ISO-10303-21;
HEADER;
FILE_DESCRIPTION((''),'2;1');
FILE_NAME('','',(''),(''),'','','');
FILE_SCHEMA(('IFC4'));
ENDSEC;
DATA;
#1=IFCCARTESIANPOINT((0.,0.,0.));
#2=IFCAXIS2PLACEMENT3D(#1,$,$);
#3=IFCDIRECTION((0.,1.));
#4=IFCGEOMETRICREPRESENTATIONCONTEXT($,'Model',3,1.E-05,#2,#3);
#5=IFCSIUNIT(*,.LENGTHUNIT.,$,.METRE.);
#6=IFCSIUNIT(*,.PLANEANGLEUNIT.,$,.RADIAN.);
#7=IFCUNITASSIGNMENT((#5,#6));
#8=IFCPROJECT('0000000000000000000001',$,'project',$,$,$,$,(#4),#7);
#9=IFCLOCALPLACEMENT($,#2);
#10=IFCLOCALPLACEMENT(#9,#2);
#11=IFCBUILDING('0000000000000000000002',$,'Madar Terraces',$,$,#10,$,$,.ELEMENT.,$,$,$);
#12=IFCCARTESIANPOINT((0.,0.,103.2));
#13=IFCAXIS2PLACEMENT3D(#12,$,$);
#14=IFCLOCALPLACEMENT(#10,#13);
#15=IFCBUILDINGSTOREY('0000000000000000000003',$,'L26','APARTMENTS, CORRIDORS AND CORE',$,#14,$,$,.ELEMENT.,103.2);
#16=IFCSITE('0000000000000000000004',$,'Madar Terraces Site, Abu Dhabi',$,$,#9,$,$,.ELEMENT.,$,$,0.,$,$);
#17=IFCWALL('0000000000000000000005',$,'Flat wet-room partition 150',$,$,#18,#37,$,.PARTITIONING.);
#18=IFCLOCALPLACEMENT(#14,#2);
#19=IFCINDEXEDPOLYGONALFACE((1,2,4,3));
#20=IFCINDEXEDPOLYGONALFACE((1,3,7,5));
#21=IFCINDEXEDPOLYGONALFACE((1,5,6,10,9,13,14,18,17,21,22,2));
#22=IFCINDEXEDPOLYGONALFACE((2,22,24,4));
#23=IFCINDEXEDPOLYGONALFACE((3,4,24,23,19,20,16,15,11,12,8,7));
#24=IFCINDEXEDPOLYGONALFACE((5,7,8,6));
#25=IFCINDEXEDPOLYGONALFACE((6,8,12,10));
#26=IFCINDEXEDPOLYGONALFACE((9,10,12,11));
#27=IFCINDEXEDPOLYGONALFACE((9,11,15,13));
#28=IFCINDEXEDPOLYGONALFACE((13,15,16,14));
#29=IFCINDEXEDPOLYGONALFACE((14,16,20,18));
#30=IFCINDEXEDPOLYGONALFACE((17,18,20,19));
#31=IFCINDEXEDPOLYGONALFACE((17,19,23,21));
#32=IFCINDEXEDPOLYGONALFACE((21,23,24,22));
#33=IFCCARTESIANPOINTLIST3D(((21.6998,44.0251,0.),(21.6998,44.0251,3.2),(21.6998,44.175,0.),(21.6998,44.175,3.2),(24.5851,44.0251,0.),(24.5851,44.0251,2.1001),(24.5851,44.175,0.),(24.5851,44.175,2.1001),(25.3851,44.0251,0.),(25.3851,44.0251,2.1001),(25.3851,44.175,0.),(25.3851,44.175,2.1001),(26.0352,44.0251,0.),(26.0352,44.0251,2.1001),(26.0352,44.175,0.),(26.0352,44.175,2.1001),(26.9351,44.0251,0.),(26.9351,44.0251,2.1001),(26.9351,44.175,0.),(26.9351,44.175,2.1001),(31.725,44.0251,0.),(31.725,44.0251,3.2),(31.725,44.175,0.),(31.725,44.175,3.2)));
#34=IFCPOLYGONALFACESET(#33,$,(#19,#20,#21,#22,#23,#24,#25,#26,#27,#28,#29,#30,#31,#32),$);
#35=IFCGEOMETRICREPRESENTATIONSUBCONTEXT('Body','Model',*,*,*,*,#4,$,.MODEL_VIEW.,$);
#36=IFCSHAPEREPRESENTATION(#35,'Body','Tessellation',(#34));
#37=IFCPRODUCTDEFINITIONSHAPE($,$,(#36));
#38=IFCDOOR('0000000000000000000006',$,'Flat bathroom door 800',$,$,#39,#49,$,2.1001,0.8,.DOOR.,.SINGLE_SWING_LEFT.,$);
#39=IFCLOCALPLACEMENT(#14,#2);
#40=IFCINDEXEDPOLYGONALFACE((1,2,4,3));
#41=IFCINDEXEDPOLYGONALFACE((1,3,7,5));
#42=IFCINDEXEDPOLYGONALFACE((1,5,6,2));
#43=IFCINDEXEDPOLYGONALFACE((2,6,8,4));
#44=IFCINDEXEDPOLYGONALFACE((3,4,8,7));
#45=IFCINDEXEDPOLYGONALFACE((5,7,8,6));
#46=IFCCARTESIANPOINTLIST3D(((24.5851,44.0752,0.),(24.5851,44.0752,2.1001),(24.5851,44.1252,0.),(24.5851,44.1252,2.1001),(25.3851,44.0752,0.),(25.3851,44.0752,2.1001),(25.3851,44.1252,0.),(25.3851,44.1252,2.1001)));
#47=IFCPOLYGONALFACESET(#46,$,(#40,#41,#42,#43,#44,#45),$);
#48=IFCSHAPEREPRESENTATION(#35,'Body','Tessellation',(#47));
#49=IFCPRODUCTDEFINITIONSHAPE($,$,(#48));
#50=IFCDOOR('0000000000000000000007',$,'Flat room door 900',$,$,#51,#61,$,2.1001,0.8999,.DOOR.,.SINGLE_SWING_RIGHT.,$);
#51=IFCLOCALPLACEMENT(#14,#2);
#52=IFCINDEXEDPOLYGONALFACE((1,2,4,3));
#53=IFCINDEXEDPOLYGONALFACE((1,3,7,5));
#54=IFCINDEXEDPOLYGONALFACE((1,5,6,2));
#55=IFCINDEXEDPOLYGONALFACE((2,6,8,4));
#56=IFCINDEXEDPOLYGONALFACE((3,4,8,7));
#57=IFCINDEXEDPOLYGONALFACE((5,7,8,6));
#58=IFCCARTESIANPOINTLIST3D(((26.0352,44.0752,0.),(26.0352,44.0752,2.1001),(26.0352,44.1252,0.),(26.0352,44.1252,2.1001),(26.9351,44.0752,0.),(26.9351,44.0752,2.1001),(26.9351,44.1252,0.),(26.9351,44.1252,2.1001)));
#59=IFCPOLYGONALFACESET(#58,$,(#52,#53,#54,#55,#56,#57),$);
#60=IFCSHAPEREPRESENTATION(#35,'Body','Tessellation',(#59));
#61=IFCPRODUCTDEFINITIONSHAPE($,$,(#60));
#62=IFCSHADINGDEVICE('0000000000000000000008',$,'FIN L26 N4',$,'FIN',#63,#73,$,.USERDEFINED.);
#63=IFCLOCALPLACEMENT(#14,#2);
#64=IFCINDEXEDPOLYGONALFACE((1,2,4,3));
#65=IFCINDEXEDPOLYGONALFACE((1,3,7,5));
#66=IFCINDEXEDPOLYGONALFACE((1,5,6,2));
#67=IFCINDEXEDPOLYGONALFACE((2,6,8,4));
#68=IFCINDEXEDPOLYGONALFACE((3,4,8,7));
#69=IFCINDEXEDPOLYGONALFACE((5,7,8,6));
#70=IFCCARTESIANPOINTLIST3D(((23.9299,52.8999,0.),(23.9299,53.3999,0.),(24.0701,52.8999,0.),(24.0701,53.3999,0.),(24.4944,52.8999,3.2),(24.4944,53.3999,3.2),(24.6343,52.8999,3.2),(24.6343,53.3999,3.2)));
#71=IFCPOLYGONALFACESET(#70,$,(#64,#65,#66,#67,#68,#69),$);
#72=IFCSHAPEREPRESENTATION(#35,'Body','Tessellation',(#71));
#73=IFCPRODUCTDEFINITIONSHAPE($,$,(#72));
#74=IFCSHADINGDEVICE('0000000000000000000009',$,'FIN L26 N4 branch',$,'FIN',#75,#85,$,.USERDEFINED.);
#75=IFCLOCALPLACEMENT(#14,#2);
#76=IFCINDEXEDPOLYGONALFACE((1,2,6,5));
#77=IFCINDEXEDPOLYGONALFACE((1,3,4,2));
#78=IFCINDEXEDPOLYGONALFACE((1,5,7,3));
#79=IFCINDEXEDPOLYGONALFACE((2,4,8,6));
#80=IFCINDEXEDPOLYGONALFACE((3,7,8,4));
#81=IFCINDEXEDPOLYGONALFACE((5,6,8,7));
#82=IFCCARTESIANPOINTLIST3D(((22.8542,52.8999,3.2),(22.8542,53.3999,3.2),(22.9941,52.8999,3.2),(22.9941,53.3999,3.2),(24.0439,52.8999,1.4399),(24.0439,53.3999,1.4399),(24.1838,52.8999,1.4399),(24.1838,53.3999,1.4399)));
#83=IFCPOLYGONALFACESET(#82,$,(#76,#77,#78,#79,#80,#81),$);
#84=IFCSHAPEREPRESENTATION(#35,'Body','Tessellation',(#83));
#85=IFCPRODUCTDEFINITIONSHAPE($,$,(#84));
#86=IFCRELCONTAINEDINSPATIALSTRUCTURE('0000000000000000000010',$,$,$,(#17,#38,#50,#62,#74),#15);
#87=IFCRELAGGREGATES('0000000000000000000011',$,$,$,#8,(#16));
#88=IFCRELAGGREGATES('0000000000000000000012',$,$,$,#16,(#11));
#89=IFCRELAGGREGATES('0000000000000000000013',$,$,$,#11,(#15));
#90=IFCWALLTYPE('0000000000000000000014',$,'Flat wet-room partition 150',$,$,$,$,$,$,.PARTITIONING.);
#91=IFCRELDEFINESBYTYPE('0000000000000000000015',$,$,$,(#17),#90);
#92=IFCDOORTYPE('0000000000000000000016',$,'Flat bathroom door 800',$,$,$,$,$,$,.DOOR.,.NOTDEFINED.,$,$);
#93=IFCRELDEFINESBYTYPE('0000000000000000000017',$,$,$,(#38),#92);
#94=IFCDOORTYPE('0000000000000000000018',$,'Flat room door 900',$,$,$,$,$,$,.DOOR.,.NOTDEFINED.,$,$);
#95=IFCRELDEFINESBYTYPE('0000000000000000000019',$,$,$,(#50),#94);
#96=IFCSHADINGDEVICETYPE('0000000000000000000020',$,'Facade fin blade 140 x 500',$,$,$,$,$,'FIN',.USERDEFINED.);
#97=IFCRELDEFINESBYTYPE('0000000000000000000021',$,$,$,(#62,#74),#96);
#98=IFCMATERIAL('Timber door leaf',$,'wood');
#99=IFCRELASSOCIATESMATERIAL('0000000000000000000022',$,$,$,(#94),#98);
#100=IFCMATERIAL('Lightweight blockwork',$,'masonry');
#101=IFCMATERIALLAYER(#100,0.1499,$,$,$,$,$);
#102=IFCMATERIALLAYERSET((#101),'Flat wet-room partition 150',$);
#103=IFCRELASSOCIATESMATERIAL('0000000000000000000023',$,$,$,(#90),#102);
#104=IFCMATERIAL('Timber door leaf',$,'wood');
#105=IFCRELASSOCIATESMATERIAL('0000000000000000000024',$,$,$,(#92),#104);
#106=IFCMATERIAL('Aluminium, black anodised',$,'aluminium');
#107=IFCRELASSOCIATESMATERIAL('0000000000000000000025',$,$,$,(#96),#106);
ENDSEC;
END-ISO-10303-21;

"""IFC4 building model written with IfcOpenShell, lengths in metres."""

from ifc_helpers import new_model, si_unit, direction, frame, frame_2d, origin, place, context, subcontext, project, spatial, polyline, rectangle, outline, extrude, material, layer, layer_set, type_object, element, fill, save


model = new_model("IFC4")

# Units and contexts
model_context = context("Model", 3, precision=1e-05, world=origin(), true_north=direction((0.0, 1.0)))
body_context = subcontext(model_context, "Body", "Model", "MODEL_VIEW")
ifc_project = project(units=[si_unit("LENGTHUNIT", "METRE"), si_unit("PLANEANGLEUNIT", "RADIAN")], contexts=[model_context])

# Site, building, storey
site_placement = place(None, origin())
site = spatial("IfcSite", under=ifc_project, at=site_placement, Name="Madar Terraces Site, Abu Dhabi", CompositionType="ELEMENT", RefElevation=0.0)
building_placement = place(site_placement, origin())
building = spatial("IfcBuilding", under=site, at=building_placement, Name="Madar Terraces", CompositionType="ELEMENT")
storey_placement = place(building_placement, frame((0.0, 0.0, 103.2)))
storey = spatial("IfcBuildingStorey", under=building, at=storey_placement, Name="L26", Description="APARTMENTS, CORRIDORS AND CORE", CompositionType="ELEMENT", Elevation=103.2)

# Wall, openings, doors
ifc_material_1 = material(Name="Timber door leaf", Category="wood")
door_type_1 = type_object("IfcDoorType", Name="Flat room door 900", OperationType="NOTDEFINED", PredefinedType="DOOR", material=ifc_material_1)
ifc_material_2 = material(Name="Lightweight blockwork", Category="masonry")
ifc_layer_1 = layer(ifc_material_2, 0.1499)
ifc_layer_set_1 = layer_set([ifc_layer_1], Name="Flat wet-room partition 150")
wall_type_1 = type_object("IfcWallType", Name="Flat wet-room partition 150", PredefinedType="PARTITIONING", material=ifc_layer_set_1)
wall_1_placement = place(storey_placement, frame((31.7251, 44.1001, 0.0), z_axis=(0.0, 0.0, 1.0), x_axis=(-1.0, 0.0, 0.0)))
wall_1 = element("IfcWall", 1, at=wall_1_placement, inside=storey, type_object=wall_type_1, Name="Flat wet-room partition 150", PredefinedType="PARTITIONING", context=body_context, shape_type="SweptSolid", body=[
    extrude(rectangle(XDim=10.0251, YDim=0.1499, at=frame_2d((5.0127, 0.0))), origin(), (0.0, 0.0, 1.0), 3.2),
])
opening_1_placement = place(wall_1_placement, frame((4.79, 0.0, 0.0)))
opening_1 = element("IfcOpeningElement", 2, at=opening_1_placement, cuts=wall_1, PredefinedType="OPENING", context=body_context, shape_type="SweptSolid", body=[
    extrude(rectangle(XDim=0.8999, YDim=2.1001, at=frame_2d((0.45, 1.05))), frame((0.0, 0.085, 0.0), z_axis=(0.0, -1.0, 0.0), x_axis=(1.0, 0.0, 0.0)), (0.0, 0.0, 1.0), 0.1699),
])
opening_2_placement = place(wall_1_placement, frame((6.3401, 0.0, 0.0)))
opening_2 = element("IfcOpeningElement", 3, at=opening_2_placement, cuts=wall_1, PredefinedType="OPENING", context=body_context, shape_type="SweptSolid", body=[
    extrude(rectangle(XDim=0.8, YDim=2.1001, at=frame_2d((0.3999, 1.05))), frame((0.0, 0.085, 0.0), z_axis=(0.0, -1.0, 0.0), x_axis=(1.0, 0.0, 0.0)), (0.0, 0.0, 1.0), 0.1699),
])
ifc_material_3 = material(Name="Timber door leaf", Category="wood")
door_type_2 = type_object("IfcDoorType", Name="Flat bathroom door 800", OperationType="NOTDEFINED", PredefinedType="DOOR", material=ifc_material_3)
door_1_placement = place(opening_2_placement, origin())
door_1 = element("IfcDoor", 4, at=door_1_placement, inside=storey, type_object=door_type_2, Name="Flat bathroom door 800", OperationType="SINGLE_SWING_LEFT", OverallHeight=2.1001, OverallWidth=0.8, PredefinedType="DOOR", context=body_context, shape_type="SweptSolid", body=[
    extrude(rectangle(XDim=0.8, YDim=2.1001, at=frame_2d((0.3999, 1.05))), frame((0.0, 0.0249, 0.0), z_axis=(0.0, -1.0, 0.0), x_axis=(1.0, 0.0, 0.0)), (0.0, 0.0, 1.0), 0.05),
])
fill(opening_2, door_1)
door_2_placement = place(opening_1_placement, origin())
door_2 = element("IfcDoor", 5, at=door_2_placement, inside=storey, type_object=door_type_1, Name="Flat room door 900", OperationType="SINGLE_SWING_RIGHT", OverallHeight=2.1001, OverallWidth=0.8999, PredefinedType="DOOR", context=body_context, shape_type="SweptSolid", body=[
    extrude(rectangle(XDim=0.8999, YDim=2.1001, at=frame_2d((0.45, 1.05))), frame((0.0, 0.0249, 0.0), z_axis=(0.0, -1.0, 0.0), x_axis=(1.0, 0.0, 0.0)), (0.0, 0.0, 1.0), 0.05),
])
fill(opening_1, door_2)

# Shading devices
ifc_material_4 = material(Name="Aluminium, black anodised", Category="aluminium")
shading_device_type = type_object("IfcShadingDeviceType", Name="Facade fin blade 140 x 500", ElementType="FIN", PredefinedType="USERDEFINED", material=ifc_material_4)
shading_device_1_placement = place(storey_placement, frame((24.0701, 53.1499, 0.0), z_axis=(0.0, 0.0, 1.0), x_axis=(-1.0, 0.0, 0.0)))
element("IfcShadingDevice", 6, at=shading_device_1_placement, inside=storey, type_object=shading_device_type, Name="FIN L26 N4", ObjectType="FIN", PredefinedType="USERDEFINED", context=body_context, shape_type="SweptSolid", body=[
    extrude(outline(polyline([(0.0, 0.0), (0.1401, 0.0), (-0.4243, 3.2), (-0.5642, 3.2), (0.0, 0.0)])), frame((0.0, 0.25, 0.0), z_axis=(0.0, -1.0, 0.0), x_axis=(1.0, 0.0, 0.0)), (0.0, 0.0, 1.0), 0.5),
])
shading_device_2_placement = place(storey_placement, frame((24.1838, 53.1499, 1.4399), z_axis=(0.0, 0.0, 1.0), x_axis=(-1.0, 0.0, 0.0)))
element("IfcShadingDevice", 7, at=shading_device_2_placement, inside=storey, type_object=shading_device_type, Name="FIN L26 N4 branch", ObjectType="FIN", PredefinedType="USERDEFINED", context=body_context, shape_type="SweptSolid", body=[
    extrude(outline(polyline([(0.0, 0.0), (0.1399, 0.0), (1.3296, 1.76), (1.1897, 1.76), (0.0, 0.0)])), frame((0.0, 0.25, 0.0), z_axis=(0.0, -1.0, 0.0), x_axis=(1.0, 0.0, 0.0)), (0.0, 0.0, 1.0), 0.5),
])

save(model, "model.ifc")
